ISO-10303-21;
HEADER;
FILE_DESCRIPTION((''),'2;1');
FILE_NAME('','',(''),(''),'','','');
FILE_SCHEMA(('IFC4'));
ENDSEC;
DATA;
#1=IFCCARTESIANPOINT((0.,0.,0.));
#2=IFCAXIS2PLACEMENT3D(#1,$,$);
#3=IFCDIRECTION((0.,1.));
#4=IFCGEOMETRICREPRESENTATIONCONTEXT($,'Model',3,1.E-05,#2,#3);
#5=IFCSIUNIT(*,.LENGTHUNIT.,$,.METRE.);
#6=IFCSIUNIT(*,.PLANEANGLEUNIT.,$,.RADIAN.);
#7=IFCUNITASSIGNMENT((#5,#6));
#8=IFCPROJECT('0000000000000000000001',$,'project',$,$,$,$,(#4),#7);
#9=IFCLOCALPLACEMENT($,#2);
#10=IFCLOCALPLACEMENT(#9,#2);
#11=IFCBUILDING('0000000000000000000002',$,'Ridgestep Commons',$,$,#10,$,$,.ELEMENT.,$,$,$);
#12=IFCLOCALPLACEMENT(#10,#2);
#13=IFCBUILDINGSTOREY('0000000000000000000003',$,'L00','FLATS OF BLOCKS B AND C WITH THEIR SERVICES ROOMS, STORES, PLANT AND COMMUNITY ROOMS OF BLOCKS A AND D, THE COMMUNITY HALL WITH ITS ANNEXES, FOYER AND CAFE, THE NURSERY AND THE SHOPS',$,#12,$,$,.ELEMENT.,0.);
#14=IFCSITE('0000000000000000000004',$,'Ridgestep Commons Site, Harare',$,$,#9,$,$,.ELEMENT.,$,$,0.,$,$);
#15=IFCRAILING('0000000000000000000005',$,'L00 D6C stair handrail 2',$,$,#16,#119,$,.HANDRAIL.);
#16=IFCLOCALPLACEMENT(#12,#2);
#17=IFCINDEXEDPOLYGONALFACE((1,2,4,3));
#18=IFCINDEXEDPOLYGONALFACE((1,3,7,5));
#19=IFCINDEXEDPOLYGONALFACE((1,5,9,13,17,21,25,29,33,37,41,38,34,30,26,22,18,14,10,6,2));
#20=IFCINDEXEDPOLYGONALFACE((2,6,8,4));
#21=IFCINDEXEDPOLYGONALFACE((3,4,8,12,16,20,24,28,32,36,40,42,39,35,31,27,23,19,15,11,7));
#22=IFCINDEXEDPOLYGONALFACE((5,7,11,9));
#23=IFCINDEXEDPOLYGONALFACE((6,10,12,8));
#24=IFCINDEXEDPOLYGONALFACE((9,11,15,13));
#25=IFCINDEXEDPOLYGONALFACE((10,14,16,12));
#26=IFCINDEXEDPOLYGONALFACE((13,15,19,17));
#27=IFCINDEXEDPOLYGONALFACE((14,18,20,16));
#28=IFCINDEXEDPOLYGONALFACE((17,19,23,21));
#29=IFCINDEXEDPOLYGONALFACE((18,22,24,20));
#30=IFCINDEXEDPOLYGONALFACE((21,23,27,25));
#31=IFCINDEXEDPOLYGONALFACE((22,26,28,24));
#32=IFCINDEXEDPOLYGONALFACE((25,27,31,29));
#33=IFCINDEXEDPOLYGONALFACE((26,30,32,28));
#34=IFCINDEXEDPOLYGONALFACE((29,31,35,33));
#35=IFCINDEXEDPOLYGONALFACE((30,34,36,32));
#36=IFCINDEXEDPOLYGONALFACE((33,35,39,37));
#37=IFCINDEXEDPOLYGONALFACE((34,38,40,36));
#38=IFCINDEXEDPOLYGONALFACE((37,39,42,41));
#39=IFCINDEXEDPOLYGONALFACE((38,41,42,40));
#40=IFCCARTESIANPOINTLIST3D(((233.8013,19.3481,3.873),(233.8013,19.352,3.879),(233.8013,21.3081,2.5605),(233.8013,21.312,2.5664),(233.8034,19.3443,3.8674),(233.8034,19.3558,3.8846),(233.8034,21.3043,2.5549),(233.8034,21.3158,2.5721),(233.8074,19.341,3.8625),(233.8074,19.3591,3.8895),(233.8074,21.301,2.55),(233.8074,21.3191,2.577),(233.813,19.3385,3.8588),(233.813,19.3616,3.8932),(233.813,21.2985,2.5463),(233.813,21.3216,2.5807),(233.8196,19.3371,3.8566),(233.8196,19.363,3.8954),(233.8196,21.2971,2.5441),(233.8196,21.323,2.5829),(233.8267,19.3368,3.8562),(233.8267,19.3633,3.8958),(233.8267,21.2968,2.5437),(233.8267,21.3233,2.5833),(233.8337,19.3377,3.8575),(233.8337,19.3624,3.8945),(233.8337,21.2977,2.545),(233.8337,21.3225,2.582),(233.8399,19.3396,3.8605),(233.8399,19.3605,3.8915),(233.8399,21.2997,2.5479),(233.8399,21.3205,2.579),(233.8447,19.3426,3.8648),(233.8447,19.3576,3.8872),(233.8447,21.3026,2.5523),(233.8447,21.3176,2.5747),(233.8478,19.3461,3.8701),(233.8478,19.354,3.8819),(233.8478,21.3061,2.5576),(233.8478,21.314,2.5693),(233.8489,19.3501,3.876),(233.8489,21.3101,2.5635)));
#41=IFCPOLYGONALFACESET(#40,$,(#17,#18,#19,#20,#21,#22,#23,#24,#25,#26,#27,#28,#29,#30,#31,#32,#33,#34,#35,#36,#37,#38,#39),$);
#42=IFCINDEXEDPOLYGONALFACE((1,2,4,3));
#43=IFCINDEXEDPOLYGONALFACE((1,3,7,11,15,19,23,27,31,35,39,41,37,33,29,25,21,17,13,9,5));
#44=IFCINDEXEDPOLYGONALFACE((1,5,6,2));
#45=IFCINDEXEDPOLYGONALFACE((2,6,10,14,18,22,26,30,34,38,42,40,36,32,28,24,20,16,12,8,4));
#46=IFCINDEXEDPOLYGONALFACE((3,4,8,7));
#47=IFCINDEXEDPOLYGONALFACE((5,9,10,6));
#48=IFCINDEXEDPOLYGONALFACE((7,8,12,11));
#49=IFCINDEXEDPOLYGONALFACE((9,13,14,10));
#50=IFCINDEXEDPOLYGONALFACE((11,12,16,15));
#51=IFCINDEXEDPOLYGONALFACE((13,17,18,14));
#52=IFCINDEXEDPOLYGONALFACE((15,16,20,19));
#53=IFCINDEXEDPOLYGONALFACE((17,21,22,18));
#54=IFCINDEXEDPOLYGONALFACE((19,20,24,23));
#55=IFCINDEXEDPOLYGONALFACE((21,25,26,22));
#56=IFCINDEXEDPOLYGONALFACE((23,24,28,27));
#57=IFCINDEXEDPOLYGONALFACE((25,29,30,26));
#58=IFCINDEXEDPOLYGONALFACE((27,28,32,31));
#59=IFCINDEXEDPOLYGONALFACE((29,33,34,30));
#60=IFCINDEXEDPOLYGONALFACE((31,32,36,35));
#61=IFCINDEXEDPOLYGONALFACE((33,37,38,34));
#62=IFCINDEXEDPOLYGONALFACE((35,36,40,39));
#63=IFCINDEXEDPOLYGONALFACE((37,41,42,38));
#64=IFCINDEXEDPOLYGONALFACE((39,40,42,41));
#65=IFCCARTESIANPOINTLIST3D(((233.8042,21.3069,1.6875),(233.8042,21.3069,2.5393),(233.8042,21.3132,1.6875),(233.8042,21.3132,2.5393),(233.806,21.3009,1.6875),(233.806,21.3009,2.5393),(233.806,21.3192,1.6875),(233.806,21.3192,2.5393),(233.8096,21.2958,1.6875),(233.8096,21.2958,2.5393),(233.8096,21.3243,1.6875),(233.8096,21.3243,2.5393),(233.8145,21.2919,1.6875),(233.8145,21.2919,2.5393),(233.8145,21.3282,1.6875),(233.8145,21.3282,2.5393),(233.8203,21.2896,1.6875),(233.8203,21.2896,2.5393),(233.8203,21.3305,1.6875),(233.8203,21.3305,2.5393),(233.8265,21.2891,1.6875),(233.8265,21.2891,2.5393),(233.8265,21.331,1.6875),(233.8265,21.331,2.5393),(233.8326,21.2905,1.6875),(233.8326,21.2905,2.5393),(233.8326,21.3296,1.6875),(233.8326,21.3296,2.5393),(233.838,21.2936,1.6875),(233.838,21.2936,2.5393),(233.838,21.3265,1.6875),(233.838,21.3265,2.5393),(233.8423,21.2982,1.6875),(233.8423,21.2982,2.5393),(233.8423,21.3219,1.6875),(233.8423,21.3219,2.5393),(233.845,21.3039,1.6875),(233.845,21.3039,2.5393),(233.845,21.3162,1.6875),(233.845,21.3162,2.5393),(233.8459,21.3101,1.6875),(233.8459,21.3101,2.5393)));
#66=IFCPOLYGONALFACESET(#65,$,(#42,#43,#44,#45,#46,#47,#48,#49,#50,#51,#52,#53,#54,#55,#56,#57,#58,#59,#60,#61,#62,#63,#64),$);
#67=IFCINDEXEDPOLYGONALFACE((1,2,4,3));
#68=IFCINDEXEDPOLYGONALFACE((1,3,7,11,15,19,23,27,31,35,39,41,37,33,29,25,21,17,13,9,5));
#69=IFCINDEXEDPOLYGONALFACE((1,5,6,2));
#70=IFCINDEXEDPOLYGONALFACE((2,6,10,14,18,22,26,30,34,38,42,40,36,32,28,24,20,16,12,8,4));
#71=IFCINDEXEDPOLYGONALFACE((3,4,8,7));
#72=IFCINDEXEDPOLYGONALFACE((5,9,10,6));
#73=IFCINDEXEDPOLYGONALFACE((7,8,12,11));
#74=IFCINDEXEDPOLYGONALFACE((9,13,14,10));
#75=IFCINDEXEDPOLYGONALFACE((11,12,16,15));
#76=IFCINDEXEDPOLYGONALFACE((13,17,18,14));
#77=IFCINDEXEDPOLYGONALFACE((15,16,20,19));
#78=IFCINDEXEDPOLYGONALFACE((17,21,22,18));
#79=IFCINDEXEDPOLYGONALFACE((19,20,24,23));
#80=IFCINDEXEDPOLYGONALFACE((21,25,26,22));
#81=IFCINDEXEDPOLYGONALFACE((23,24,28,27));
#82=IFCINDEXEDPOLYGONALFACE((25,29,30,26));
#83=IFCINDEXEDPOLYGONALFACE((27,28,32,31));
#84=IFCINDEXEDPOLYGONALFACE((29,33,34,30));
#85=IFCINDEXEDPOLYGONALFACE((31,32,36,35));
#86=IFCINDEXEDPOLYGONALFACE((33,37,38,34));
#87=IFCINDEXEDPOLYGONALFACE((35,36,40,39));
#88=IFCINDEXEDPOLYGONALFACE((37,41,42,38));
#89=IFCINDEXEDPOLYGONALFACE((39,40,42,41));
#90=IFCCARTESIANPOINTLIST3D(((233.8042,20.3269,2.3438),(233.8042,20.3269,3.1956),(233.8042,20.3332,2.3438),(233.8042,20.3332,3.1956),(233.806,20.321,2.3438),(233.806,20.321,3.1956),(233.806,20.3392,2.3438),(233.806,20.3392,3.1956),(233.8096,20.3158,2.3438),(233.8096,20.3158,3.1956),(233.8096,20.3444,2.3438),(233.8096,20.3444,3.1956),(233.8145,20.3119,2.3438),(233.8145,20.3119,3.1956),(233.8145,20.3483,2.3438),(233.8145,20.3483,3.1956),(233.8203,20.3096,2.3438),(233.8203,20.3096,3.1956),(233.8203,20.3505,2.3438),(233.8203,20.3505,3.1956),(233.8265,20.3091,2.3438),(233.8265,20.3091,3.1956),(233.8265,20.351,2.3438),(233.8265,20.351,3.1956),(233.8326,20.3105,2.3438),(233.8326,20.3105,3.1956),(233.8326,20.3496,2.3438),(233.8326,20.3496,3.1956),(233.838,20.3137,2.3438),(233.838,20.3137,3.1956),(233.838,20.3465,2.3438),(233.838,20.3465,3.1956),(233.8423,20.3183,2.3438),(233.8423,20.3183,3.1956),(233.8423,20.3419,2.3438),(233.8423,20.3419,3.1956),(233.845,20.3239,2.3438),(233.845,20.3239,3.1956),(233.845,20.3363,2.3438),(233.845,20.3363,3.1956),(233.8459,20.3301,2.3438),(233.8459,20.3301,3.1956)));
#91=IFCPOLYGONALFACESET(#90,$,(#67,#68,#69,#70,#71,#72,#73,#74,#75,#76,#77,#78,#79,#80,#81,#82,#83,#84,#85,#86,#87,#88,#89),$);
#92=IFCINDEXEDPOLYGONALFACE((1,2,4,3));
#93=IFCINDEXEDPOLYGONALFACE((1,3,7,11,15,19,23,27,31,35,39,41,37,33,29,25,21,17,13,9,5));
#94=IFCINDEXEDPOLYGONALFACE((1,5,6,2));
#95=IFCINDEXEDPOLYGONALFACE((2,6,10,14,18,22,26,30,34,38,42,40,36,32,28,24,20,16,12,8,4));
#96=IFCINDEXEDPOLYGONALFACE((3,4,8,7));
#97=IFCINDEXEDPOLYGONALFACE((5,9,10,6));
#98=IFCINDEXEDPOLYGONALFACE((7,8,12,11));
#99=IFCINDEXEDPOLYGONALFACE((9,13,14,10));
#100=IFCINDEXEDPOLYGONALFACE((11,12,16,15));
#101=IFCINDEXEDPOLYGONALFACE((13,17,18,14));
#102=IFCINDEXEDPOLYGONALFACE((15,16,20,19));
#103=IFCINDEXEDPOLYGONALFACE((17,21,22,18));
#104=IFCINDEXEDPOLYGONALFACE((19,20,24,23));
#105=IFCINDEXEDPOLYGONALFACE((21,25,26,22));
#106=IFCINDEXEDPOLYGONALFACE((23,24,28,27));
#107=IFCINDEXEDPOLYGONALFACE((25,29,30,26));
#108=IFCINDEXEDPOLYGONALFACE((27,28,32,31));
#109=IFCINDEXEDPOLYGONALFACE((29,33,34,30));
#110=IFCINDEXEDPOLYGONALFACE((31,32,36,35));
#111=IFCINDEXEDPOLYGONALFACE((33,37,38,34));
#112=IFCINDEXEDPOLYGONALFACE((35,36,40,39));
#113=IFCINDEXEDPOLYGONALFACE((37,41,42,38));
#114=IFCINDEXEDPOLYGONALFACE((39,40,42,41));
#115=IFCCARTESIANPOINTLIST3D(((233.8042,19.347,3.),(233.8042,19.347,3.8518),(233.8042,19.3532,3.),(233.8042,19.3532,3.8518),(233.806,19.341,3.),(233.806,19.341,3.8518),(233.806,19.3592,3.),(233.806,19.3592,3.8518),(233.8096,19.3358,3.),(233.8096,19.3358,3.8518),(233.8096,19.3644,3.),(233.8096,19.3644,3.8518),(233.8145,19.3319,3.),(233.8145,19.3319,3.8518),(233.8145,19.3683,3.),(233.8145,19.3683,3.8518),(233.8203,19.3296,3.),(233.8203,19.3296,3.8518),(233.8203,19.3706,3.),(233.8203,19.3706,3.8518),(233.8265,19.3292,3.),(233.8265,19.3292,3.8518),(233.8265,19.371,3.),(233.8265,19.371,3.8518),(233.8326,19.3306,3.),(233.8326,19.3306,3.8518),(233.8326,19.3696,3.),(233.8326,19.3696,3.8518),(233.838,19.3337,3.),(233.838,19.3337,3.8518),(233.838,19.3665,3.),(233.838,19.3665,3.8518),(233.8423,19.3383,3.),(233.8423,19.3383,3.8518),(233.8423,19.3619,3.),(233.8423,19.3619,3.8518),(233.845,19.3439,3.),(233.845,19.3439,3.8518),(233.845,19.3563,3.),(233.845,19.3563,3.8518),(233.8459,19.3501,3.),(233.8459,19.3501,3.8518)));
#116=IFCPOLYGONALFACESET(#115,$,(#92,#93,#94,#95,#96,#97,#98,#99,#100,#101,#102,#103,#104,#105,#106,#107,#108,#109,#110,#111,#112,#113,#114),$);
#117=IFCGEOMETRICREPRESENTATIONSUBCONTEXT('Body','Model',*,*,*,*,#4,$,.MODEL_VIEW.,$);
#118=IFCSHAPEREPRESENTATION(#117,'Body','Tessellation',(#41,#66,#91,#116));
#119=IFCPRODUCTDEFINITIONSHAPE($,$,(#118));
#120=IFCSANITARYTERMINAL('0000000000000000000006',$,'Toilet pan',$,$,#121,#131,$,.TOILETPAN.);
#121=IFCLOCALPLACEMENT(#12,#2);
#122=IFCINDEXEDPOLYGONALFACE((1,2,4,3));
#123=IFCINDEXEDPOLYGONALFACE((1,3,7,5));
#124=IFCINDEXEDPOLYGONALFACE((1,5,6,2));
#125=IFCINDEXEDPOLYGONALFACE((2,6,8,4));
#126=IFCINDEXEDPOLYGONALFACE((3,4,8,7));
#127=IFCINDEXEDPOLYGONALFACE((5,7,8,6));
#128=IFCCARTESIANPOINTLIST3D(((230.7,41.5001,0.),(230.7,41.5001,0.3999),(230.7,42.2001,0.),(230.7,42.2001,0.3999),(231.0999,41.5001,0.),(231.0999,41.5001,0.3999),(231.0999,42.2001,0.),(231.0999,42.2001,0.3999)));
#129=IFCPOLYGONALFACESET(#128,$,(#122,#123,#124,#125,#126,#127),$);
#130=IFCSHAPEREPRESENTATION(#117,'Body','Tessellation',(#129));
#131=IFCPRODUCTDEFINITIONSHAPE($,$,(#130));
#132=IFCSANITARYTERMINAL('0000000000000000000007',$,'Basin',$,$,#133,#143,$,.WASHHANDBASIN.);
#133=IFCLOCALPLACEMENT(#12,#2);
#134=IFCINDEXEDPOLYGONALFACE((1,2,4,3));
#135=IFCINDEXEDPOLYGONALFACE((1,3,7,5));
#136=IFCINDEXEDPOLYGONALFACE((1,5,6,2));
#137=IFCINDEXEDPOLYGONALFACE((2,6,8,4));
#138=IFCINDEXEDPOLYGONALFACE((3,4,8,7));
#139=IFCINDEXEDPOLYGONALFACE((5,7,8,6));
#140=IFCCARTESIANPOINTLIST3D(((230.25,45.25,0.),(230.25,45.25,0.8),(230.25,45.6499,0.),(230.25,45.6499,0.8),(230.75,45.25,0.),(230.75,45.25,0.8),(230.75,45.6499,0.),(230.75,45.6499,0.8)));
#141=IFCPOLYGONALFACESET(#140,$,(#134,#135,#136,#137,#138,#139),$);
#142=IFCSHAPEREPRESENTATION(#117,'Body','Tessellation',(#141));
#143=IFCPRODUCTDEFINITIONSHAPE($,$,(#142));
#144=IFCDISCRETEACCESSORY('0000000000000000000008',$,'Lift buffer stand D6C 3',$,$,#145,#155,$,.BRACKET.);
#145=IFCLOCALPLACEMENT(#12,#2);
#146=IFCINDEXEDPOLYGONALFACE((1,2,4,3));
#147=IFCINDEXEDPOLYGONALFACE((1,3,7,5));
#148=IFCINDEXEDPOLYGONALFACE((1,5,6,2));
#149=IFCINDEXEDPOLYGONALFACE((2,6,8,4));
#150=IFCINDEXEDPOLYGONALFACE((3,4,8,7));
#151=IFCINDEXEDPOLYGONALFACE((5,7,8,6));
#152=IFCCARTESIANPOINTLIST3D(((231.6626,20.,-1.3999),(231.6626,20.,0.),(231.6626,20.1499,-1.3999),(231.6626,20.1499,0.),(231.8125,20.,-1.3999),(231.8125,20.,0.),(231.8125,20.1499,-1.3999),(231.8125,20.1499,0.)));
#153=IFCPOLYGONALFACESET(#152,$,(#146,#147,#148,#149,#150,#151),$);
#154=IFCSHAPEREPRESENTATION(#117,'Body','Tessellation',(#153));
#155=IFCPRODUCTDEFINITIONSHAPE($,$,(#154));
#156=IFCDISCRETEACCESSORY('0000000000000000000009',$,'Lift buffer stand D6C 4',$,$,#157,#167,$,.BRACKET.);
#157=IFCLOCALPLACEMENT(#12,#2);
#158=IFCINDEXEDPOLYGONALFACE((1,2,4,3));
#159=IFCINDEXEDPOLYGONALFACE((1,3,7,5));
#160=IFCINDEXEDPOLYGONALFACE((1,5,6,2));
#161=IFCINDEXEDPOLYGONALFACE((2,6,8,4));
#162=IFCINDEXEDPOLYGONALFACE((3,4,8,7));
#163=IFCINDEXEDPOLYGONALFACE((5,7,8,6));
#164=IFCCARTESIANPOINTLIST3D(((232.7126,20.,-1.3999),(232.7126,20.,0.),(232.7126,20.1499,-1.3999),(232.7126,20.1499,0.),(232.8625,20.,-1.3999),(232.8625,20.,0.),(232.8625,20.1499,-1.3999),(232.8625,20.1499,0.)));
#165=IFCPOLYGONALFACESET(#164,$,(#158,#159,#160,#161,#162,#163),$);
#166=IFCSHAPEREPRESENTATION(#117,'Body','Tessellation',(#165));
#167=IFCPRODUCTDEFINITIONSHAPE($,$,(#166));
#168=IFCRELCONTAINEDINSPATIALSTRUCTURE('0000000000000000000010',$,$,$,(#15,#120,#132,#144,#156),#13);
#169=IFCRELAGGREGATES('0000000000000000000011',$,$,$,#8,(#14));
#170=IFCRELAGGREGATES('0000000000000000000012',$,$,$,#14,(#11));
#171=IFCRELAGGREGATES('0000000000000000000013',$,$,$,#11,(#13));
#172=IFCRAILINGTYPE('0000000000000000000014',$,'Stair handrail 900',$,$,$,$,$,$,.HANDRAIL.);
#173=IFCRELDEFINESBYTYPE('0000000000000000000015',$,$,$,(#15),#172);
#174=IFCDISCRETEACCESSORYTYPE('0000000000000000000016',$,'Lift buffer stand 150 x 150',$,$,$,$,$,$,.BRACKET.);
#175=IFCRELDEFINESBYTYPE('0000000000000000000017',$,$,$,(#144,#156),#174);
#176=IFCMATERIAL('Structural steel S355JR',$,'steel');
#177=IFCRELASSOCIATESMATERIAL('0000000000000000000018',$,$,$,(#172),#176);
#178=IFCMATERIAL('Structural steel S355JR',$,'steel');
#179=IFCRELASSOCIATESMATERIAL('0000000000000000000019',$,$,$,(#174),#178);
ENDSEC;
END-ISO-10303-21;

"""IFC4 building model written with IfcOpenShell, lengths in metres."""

from ifc_helpers import new_model, si_unit, direction, frame, origin, origin_2d, place, context, subcontext, project, spatial, rectangle, circle, extrude, material, type_object, element, save


model = new_model("IFC4")

# Units and contexts
model_context = context("Model", 3, precision=1e-05, world=origin(), true_north=direction((0.0, 1.0)))
body_context = subcontext(model_context, "Body", "Model", "MODEL_VIEW")
ifc_project = project(units=[si_unit("LENGTHUNIT", "METRE"), si_unit("PLANEANGLEUNIT", "RADIAN")], contexts=[model_context])

# Site, building, storey
site_placement = place(None, origin())
site = spatial("IfcSite", under=ifc_project, at=site_placement, Name="Ridgestep Commons Site, Harare", CompositionType="ELEMENT", RefElevation=0.0)
building_placement = place(site_placement, origin())
building = spatial("IfcBuilding", under=site, at=building_placement, Name="Ridgestep Commons", CompositionType="ELEMENT")
storey_placement = place(building_placement, origin())
storey = spatial("IfcBuildingStorey", under=building, at=storey_placement, Name="L00", Description="FLATS OF BLOCKS B AND C WITH THEIR SERVICES ROOMS, STORES, PLANT AND COMMUNITY ROOMS OF BLOCKS A AND D, THE COMMUNITY HALL WITH ITS ANNEXES, FOYER AND CAFE, THE NURSERY AND THE SHOPS", CompositionType="ELEMENT", Elevation=0.0)

# Railing
ifc_material_1 = material(Name="Structural steel S355JR", Category="steel")
railing_type_1 = type_object("IfcRailingType", Name="Stair handrail 900", PredefinedType="HANDRAIL", material=ifc_material_1)
railing_1_placement = place(storey_placement, frame((233.825, 21.3101, 1.6875)))
element("IfcRailing", 1, at=railing_1_placement, inside=storey, type_object=railing_type_1, Name="L00 D6C stair handrail 2", PredefinedType="HANDRAIL", context=body_context, shape_type="SweptSolid", body=[
    extrude(circle(Radius=0.0239, at=origin_2d()), frame((0.0, 0.0, 0.876), z_axis=(0.0, -0.830902, 0.556419), x_axis=(1.0, 0.0, 0.0)), (0.0, 0.0, 1.0), 2.3589),
    extrude(circle(Radius=0.021, at=origin_2d()), origin(), (0.0, 0.0, 1.0), 0.8518),
    extrude(circle(Radius=0.021, at=origin_2d()), frame((0.0, -0.98, 0.6562)), (0.0, 0.0, 1.0), 0.8518),
    extrude(circle(Radius=0.021, at=origin_2d()), frame((0.0, -1.96, 1.3125)), (0.0, 0.0, 1.0), 0.8518),
])

# Sanitary terminals
sanitary_terminal_1_placement = place(storey_placement, frame((230.8999, 41.8501, 0.0), z_axis=(0.0, 0.0, 1.0), x_axis=(1.0, 0.0, 0.0)))
element("IfcSanitaryTerminal", 2, at=sanitary_terminal_1_placement, inside=storey, Name="Toilet pan", PredefinedType="TOILETPAN", context=body_context, shape_type="SweptSolid", body=[
    extrude(rectangle(XDim=0.3999, YDim=0.7, at=origin_2d()), origin(), (0.0, 0.0, 1.0), 0.3999),
])
sanitary_terminal_2_placement = place(storey_placement, frame((230.5, 45.45, 0.0), z_axis=(0.0, 0.0, 1.0), x_axis=(1.0, 0.0, 0.0)))
element("IfcSanitaryTerminal", 3, at=sanitary_terminal_2_placement, inside=storey, Name="Basin", PredefinedType="WASHHANDBASIN", context=body_context, shape_type="SweptSolid", body=[
    extrude(rectangle(XDim=0.5, YDim=0.3999, at=origin_2d()), origin(), (0.0, 0.0, 1.0), 0.8),
])

# Discrete accessories
ifc_material_2 = material(Name="Structural steel S355JR", Category="steel")
discrete_accessory_type = type_object("IfcDiscreteAccessoryType", Name="Lift buffer stand 150 x 150", PredefinedType="BRACKET", material=ifc_material_2)
for number, where, z_axis, x_axis, name in (
    (4, (231.7375, 20.075, -1.3999), (0.0, 0.0, 1.0), (1.0, 0.0, 0.0), "Lift buffer stand D6C 3"),
    (5, (232.7876, 20.075, -1.3999), (0.0, 0.0, 1.0), (1.0, 0.0, 0.0), "Lift buffer stand D6C 4"),
):
    element("IfcDiscreteAccessory", number, at=place(storey_placement, frame(where, z_axis=z_axis, x_axis=x_axis)), inside=storey, type_object=discrete_accessory_type, Name=name, PredefinedType="BRACKET", context=body_context, shape_type="SweptSolid", body=[
        extrude(rectangle(XDim=0.1499, YDim=0.1499, at=origin_2d()), origin(), (0.0, 0.0, 1.0), 1.3999),
    ])

save(model, "model.ifc")
